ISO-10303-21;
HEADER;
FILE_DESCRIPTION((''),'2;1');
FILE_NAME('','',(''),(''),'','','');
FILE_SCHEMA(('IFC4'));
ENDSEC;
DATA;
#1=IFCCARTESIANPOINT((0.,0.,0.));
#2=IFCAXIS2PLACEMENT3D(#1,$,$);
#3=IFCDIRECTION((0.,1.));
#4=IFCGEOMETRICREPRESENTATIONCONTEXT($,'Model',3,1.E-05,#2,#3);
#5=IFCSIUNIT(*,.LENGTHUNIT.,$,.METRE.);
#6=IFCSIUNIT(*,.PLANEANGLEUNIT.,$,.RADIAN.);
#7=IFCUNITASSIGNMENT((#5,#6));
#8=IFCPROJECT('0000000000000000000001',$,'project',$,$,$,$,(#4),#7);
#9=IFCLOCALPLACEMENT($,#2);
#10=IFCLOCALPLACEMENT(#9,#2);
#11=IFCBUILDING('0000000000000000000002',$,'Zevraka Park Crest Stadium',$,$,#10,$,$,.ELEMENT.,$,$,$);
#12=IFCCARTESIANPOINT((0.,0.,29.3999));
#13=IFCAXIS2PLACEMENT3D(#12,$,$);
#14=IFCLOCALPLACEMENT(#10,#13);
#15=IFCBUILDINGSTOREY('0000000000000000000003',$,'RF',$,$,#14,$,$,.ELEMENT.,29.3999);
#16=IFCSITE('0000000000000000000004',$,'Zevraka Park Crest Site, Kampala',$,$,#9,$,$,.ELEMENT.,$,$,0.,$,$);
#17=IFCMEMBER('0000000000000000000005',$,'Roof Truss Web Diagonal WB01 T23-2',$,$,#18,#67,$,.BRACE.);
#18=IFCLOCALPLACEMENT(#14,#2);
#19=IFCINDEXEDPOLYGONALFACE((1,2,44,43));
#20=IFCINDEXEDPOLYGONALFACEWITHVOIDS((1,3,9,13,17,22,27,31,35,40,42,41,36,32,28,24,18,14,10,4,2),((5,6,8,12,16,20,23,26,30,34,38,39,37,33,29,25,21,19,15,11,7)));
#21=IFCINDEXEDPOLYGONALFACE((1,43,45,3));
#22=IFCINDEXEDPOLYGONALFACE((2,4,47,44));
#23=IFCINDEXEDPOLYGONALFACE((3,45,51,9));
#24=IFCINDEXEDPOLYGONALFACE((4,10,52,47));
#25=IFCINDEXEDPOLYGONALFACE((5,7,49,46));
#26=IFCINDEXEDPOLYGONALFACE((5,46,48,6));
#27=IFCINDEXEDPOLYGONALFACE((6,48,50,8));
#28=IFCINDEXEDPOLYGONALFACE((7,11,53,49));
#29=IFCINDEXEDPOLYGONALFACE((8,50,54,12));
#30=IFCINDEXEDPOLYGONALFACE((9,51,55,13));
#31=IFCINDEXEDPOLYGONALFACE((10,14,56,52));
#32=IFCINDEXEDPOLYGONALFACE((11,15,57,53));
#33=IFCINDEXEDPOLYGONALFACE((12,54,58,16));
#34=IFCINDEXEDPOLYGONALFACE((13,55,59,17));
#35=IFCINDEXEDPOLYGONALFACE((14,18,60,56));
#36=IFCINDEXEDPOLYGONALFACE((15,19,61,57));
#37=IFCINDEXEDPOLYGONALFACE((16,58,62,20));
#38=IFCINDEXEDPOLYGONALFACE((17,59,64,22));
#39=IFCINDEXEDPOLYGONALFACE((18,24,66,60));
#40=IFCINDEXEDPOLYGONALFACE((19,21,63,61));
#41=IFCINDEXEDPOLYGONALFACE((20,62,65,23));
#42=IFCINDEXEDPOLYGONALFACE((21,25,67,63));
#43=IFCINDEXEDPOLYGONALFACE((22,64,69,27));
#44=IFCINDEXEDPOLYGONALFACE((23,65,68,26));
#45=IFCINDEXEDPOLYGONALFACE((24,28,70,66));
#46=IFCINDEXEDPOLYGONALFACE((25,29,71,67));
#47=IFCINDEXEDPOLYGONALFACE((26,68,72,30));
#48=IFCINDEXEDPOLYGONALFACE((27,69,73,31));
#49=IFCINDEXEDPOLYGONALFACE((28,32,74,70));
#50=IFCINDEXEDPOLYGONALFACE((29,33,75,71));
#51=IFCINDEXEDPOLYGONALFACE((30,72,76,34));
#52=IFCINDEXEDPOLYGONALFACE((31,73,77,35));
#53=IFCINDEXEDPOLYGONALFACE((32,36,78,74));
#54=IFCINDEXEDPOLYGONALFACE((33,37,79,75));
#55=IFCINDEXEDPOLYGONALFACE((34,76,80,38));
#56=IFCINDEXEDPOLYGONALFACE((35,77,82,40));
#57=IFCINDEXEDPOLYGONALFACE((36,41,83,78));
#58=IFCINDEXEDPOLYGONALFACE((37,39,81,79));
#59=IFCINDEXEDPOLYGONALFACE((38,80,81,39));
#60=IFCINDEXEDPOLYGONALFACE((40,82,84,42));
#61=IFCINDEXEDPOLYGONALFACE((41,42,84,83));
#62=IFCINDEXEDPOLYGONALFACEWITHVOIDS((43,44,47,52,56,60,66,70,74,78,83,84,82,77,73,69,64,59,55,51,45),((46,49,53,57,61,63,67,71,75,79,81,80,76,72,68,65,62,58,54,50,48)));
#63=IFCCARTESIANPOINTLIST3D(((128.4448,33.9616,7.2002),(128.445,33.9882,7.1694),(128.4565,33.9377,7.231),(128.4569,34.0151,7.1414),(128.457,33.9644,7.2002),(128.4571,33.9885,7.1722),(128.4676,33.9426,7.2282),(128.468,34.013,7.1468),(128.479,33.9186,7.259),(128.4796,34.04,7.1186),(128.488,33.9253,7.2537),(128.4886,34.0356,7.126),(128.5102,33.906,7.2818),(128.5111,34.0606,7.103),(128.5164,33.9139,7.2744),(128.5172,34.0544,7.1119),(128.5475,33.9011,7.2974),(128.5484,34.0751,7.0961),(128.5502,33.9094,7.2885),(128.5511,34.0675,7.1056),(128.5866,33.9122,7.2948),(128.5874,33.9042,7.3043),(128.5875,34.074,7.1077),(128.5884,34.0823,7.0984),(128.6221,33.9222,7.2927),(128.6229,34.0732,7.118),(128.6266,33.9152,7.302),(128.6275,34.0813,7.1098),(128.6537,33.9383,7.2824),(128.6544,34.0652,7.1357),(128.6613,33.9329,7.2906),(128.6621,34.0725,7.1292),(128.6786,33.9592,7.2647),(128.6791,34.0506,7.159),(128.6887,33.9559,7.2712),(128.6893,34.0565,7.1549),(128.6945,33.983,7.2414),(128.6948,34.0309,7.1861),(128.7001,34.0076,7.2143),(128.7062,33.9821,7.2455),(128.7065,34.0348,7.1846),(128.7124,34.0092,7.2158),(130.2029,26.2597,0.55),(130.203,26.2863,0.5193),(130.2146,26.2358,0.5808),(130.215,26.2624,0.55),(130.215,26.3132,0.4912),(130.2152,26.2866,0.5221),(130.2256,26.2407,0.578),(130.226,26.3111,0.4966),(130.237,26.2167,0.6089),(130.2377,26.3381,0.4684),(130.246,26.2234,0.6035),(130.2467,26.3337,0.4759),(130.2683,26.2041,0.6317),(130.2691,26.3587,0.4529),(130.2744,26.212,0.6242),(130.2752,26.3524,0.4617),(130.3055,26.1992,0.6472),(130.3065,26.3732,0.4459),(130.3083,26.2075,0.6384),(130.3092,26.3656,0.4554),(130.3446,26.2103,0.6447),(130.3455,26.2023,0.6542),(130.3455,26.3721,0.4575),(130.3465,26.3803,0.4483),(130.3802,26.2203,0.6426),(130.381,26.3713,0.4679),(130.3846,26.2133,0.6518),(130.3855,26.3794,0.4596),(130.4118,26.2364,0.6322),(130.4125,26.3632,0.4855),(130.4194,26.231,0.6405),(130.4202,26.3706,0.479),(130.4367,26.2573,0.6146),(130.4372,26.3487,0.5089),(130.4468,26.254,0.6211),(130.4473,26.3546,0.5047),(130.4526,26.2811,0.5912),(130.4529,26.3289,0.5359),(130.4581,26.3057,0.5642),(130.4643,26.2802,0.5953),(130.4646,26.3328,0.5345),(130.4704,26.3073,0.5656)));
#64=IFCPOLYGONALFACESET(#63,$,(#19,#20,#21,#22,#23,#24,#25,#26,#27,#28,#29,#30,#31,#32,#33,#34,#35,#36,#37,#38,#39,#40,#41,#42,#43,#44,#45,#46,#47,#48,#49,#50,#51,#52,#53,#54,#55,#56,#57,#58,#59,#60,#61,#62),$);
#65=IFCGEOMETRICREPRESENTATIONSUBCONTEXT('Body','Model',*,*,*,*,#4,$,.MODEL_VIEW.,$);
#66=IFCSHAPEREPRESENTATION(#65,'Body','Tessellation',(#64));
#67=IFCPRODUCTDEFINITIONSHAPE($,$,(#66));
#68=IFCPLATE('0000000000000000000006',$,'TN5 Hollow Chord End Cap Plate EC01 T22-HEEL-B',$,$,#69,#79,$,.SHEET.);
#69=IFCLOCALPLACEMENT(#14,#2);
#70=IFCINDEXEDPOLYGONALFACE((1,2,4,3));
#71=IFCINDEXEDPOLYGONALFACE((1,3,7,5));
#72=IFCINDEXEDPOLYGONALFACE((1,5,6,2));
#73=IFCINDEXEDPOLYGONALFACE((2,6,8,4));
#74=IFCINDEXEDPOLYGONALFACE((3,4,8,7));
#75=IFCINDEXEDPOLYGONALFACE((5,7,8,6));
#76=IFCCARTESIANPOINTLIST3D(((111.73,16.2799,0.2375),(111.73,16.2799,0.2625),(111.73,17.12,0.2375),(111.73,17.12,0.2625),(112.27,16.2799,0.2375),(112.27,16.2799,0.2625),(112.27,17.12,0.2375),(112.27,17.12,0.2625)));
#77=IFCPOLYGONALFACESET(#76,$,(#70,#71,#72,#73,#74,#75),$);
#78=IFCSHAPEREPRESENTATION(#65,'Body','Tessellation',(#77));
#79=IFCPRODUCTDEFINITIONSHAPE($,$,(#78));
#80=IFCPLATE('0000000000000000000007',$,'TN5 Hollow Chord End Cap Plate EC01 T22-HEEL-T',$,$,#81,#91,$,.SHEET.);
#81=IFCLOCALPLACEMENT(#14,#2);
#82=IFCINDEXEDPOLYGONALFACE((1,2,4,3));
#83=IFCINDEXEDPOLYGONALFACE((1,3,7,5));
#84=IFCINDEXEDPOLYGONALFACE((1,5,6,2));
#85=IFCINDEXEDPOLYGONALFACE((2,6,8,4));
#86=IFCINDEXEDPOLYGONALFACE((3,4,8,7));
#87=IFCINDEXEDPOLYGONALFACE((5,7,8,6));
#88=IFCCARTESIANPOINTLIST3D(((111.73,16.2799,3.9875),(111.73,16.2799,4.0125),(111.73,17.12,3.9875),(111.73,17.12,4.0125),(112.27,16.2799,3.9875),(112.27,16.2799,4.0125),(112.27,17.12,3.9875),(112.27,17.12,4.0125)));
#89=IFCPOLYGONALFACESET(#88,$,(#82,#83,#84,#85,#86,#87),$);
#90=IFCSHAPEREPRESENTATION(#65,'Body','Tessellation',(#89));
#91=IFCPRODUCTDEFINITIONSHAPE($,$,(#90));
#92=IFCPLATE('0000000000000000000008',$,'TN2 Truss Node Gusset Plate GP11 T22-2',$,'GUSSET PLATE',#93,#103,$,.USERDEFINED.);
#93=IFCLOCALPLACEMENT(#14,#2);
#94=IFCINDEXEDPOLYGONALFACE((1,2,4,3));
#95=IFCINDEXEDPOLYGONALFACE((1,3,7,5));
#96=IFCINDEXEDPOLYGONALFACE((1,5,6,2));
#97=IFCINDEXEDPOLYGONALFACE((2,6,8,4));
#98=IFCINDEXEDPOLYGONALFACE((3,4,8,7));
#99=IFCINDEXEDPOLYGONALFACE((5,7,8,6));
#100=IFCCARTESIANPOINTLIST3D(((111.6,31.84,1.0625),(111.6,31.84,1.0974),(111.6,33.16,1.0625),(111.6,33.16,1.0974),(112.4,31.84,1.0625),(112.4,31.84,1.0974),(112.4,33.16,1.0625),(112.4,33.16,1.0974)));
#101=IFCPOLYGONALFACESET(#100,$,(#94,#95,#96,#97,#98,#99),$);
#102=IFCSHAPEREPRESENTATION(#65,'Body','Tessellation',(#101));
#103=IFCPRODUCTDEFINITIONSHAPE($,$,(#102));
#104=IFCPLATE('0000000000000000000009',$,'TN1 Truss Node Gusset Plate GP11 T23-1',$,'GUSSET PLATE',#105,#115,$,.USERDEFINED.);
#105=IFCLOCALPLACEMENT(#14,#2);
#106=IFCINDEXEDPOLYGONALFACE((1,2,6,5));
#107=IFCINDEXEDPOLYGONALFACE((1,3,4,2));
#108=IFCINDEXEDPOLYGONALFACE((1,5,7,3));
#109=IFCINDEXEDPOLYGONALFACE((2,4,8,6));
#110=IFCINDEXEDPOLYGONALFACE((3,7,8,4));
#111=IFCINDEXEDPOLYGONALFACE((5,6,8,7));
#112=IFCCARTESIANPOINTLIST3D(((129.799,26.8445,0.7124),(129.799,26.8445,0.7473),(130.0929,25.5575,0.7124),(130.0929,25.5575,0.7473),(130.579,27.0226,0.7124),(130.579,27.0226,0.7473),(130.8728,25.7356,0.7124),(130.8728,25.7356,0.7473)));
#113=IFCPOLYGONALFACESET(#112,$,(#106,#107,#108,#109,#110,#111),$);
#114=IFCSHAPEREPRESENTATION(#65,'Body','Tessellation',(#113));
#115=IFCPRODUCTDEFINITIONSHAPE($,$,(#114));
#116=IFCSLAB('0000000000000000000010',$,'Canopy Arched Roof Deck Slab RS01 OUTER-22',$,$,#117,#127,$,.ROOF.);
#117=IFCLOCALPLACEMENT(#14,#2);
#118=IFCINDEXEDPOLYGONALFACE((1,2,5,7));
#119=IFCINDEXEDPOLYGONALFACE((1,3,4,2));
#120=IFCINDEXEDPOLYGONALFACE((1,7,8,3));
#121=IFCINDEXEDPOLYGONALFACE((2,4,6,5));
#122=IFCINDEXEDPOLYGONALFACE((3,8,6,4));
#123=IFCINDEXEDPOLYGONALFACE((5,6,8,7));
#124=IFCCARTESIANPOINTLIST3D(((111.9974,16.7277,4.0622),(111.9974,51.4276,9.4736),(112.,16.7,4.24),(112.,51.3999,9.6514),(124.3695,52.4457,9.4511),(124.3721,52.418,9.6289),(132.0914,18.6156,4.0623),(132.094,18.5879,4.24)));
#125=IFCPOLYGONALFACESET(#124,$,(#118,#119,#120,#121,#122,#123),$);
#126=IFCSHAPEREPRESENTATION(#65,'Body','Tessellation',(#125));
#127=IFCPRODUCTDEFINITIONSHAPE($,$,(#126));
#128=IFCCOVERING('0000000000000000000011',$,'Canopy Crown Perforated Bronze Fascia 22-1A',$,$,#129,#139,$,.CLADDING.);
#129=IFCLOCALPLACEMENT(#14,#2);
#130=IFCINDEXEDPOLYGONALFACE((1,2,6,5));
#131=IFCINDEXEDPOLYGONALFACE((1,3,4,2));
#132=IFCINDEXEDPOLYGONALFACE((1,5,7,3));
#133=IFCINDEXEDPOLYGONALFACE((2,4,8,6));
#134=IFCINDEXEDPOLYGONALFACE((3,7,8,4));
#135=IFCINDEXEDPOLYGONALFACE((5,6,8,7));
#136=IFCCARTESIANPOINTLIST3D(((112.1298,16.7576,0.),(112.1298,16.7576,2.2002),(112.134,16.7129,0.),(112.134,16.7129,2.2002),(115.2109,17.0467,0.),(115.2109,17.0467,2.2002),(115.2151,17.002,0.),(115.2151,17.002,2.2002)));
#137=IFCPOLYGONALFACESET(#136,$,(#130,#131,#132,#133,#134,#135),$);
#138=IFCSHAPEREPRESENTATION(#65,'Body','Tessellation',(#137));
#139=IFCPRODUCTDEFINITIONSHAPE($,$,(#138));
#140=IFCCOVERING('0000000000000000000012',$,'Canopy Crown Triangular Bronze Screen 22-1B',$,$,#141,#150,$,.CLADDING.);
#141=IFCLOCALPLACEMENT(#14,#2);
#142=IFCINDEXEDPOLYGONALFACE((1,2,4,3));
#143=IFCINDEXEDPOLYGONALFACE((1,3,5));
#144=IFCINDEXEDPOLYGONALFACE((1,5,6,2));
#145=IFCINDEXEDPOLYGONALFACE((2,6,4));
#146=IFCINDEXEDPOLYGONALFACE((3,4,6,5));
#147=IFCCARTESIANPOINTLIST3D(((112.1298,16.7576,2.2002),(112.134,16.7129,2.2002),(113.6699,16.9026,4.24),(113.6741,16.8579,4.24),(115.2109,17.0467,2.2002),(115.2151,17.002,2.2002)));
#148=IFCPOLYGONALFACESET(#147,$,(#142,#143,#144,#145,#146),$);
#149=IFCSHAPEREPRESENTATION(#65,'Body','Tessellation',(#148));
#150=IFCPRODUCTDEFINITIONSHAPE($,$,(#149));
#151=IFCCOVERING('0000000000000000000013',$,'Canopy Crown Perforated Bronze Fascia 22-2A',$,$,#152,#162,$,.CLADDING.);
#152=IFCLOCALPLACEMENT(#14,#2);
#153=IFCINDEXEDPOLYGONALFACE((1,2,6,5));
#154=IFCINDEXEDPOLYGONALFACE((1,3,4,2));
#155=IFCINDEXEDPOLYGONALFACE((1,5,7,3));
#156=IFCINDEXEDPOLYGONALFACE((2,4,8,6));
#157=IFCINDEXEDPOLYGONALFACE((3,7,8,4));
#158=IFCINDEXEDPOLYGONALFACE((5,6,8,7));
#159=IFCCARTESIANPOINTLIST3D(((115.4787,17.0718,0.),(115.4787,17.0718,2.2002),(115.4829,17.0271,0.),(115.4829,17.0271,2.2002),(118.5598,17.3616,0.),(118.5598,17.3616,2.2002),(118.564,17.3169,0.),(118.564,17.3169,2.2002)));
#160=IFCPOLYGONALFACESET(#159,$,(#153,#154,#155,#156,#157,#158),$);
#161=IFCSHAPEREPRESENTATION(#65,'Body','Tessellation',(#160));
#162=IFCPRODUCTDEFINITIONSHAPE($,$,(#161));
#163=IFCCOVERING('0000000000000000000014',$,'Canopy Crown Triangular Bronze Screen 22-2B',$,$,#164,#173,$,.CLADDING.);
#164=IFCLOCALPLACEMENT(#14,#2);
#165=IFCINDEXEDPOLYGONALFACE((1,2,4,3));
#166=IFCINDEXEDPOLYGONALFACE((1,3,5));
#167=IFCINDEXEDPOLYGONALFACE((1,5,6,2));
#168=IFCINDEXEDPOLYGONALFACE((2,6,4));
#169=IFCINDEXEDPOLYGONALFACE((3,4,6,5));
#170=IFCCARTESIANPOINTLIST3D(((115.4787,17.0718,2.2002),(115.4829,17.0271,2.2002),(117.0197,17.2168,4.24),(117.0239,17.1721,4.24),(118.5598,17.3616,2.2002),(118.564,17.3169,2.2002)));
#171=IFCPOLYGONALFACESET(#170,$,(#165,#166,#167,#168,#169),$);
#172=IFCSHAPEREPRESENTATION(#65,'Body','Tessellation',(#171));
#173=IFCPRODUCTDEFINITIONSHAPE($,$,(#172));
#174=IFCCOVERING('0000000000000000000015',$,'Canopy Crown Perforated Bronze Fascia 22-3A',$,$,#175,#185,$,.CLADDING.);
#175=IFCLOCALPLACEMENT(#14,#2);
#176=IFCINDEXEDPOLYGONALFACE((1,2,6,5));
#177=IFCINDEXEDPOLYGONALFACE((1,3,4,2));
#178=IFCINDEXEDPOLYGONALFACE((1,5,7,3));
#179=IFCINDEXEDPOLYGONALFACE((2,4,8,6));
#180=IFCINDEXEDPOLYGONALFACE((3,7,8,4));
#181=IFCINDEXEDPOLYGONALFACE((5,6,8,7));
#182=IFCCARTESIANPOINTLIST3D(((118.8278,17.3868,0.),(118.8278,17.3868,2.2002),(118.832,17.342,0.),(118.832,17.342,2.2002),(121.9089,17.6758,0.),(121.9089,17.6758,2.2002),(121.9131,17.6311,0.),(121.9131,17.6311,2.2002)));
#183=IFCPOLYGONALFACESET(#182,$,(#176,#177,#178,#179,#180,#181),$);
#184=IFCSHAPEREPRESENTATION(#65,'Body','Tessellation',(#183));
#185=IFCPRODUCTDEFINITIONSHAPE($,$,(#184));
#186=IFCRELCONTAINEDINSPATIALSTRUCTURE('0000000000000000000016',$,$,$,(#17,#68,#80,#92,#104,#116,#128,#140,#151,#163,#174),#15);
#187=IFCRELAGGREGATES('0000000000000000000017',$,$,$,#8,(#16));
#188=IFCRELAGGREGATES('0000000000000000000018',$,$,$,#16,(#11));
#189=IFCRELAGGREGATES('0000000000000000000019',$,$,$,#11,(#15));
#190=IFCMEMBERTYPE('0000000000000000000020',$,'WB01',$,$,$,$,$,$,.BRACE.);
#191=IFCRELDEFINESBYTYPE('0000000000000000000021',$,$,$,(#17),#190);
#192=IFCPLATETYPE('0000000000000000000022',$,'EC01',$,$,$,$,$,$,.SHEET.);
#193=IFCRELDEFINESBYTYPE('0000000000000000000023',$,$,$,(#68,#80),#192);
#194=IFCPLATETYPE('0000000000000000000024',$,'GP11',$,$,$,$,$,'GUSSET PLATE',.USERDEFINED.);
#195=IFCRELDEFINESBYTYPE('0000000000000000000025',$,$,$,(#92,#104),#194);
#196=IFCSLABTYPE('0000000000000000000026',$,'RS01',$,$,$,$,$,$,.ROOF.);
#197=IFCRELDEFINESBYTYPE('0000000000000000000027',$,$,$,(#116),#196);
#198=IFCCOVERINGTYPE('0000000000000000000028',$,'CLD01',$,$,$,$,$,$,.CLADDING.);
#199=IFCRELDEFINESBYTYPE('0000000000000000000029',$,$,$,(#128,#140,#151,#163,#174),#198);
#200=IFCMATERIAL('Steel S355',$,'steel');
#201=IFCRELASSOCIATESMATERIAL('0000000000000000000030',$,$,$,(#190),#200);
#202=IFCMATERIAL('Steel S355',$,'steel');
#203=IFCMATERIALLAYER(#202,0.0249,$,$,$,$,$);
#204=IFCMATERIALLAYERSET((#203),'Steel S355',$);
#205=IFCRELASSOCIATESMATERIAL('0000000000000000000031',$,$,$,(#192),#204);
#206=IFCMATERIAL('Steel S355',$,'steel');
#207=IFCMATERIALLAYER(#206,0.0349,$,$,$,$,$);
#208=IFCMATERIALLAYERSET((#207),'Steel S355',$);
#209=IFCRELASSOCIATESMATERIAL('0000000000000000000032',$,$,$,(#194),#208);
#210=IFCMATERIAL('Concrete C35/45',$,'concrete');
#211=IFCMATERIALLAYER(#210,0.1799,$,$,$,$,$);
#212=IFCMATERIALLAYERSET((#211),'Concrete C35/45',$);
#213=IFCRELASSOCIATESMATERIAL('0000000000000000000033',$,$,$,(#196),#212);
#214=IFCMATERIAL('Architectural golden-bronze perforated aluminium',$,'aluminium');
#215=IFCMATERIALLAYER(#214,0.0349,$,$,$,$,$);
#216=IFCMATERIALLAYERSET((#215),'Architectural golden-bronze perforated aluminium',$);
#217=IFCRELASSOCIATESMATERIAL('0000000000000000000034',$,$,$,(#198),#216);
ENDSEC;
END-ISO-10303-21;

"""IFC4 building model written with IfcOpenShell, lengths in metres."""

from ifc_helpers import new_model, si_unit, direction, frame, origin, origin_2d, place, context, subcontext, project, spatial, polyline, rectangle, hollow_circle, outline, extrude, material, layer, layer_set, material_profile, profile_set, type_object, element, save


model = new_model("IFC4")

# Units and contexts
model_context = context("Model", 3, precision=1e-05, world=origin(), true_north=direction((0.0, 1.0)))
body_context = subcontext(model_context, "Body", "Model", "MODEL_VIEW")
ifc_project = project(units=[si_unit("LENGTHUNIT", "METRE"), si_unit("PLANEANGLEUNIT", "RADIAN")], contexts=[model_context])

# Site, building, storey
site_placement = place(None, origin())
site = spatial("IfcSite", under=ifc_project, at=site_placement, Name="Zevraka Park Crest Site, Kampala", CompositionType="ELEMENT", RefElevation=0.0)
building_placement = place(site_placement, origin())
building = spatial("IfcBuilding", under=site, at=building_placement, Name="Zevraka Park Crest Stadium", CompositionType="ELEMENT")
storey_placement = place(building_placement, frame((0.0, 0.0, 29.3999)))
storey = spatial("IfcBuildingStorey", under=building, at=storey_placement, Name="RF", CompositionType="ELEMENT", Elevation=29.3999)

# Member
ifc_material_1 = material(Name="Steel S355", Category="steel")
ifc_material_profile_1 = material_profile(ifc_material_1, hollow_circle(Radius=0.1365, WallThickness=0.0125, at=origin_2d()), Name="CHS 273.0x12.5")
ifc_profile_set_1 = profile_set([ifc_material_profile_1], Name="Steel S355")
member_type_1 = type_object("IfcMemberType", Name="WB01", PredefinedType="BRACE", material=ifc_profile_set_1)
for number, where, z_axis, x_axis, name in (
    (1, (130.3359, 26.29, 0.55), (-0.170249, 0.745846, 0.643995), (-0.974924, -0.222539, 0.0), "Roof Truss Web Diagonal WB01 T23-2"),
):
    element("IfcMember", number, at=place(storey_placement, frame(where, z_axis=z_axis, x_axis=x_axis)), inside=storey, type_object=member_type_1, Name=name, PredefinedType="BRACE", context=body_context, shape_type="SweptSolid", body=[
        extrude(hollow_circle(Radius=0.1365, WallThickness=0.0125, at=origin_2d()), origin(), (0.0, 0.0, 1.0), 10.3264),
    ])

# Plates
ifc_material_2 = material(Name="Steel S355", Category="steel")
ifc_layer_1 = layer(ifc_material_2, 0.0249)
ifc_layer_set_1 = layer_set([ifc_layer_1], Name="Steel S355")
plate_type_1 = type_object("IfcPlateType", Name="EC01", PredefinedType="SHEET", material=ifc_layer_set_1)
for number, where, z_axis, x_axis, name in (
    (2, (112.0, 16.7, 0.2375), (0.0, 0.0, 1.0), (0.0, 1.0, 0.0), "TN5 Hollow Chord End Cap Plate EC01 T22-HEEL-B"),
    (3, (112.0, 16.7, 3.9875), (0.0, 0.0, 1.0), (0.0, 1.0, 0.0), "TN5 Hollow Chord End Cap Plate EC01 T22-HEEL-T"),
):
    element("IfcPlate", number, at=place(storey_placement, frame(where, z_axis=z_axis, x_axis=x_axis)), inside=storey, type_object=plate_type_1, Name=name, PredefinedType="SHEET", context=body_context, shape_type="SweptSolid", body=[
        extrude(rectangle(XDim=0.8401, YDim=0.54, at=origin_2d()), origin(), (0.0, 0.0, 1.0), 0.0249),
    ])
ifc_material_3 = material(Name="Steel S355", Category="steel")
ifc_layer_2 = layer(ifc_material_3, 0.0349)
ifc_layer_set_2 = layer_set([ifc_layer_2], Name="Steel S355")
plate_type_2 = type_object("IfcPlateType", Name="GP11", ElementType="GUSSET PLATE", PredefinedType="USERDEFINED", material=ifc_layer_set_2)
for number, where, z_axis, x_axis, name in (
    (4, (112.0, 32.5, 1.0625), (0.0, 0.0, 1.0), (0.0, 1.0, 0.0), "TN2 Truss Node Gusset Plate GP11 T22-2"),
    (5, (130.3359, 26.29, 0.7124), (0.0, 0.0, 1.0), (-0.22257, 0.974917, 0.0), "TN1 Truss Node Gusset Plate GP11 T23-1"),
):
    element("IfcPlate", number, at=place(storey_placement, frame(where, z_axis=z_axis, x_axis=x_axis)), inside=storey, type_object=plate_type_2, Name=name, ObjectType="GUSSET PLATE", PredefinedType="USERDEFINED", context=body_context, shape_type="SweptSolid", body=[
        extrude(rectangle(XDim=1.3201, YDim=0.8, at=origin_2d()), origin(), (0.0, 0.0, 1.0), 0.0349),
    ])

# Slab
ifc_material_4 = material(Name="Concrete C35/45", Category="concrete")
ifc_layer_3 = layer(ifc_material_4, 0.1799)
ifc_layer_set_3 = layer_set([ifc_layer_3], Name="Concrete C35/45")
slab_type = type_object("IfcSlabType", Name="RS01", PredefinedType="ROOF", material=ifc_layer_set_3)
slab_placement = place(storey_placement, frame((112.0, 16.7, 4.24), z_axis=(0.014474, -0.15407, 0.987954), x_axis=(0.995615, 0.093543, 0.000002)))
element("IfcSlab", 6, at=slab_placement, inside=storey, type_object=slab_type, Name="Canopy Arched Roof Deck Slab RS01 OUTER-22", PredefinedType="ROOF", context=body_context, shape_type="SweptSolid", body=[
    extrude(outline(polyline([(0.0, 0.0), (20.1825, 0.0), (15.659, 34.8236), (3.246, 34.969), (0.0, 0.0)])), origin(), (0.0, 0.0, -1.0), 0.1799),
])

# Coverings
ifc_material_5 = material(Name="Architectural golden-bronze perforated aluminium", Category="aluminium")
ifc_layer_4 = layer(ifc_material_5, 0.0349)
ifc_layer_set_4 = layer_set([ifc_layer_4], Name="Architectural golden-bronze perforated aluminium")
covering_type_1 = type_object("IfcCoveringType", Name="CLD01", PredefinedType="CLADDING", material=ifc_layer_set_4)
covering_1_placement = place(storey_placement, frame((112.134, 16.7129, 0.0), z_axis=(0.093409, -0.995628, 0.0), x_axis=(0.995628, 0.093409, 0.0)))
element("IfcCovering", 7, at=covering_1_placement, inside=storey, type_object=covering_type_1, Name="Canopy Crown Perforated Bronze Fascia 22-1A", PredefinedType="CLADDING", context=body_context, shape_type="SweptSolid", body=[
    extrude(outline(polyline([(0.0, 0.0), (3.0946, 0.0), (3.0946, 2.2002), (0.0, 2.2002), (0.0, 0.0)])), origin(), (0.0, 0.0, -1.0), 0.0449),
])
covering_2_placement = place(storey_placement, frame((112.134, 16.7129, 2.2002), z_axis=(0.093409, -0.995628, 0.000261), x_axis=(0.995628, 0.093409, 0.0)))
element("IfcCovering", 8, at=covering_2_placement, inside=storey, type_object=covering_type_1, Name="Canopy Crown Triangular Bronze Screen 22-1B", PredefinedType="CLADDING", context=body_context, shape_type="SweptSolid", body=[
    extrude(outline(polyline([(0.0, 0.0), (3.0946, 0.0), (1.5469, 2.0398), (0.0, 0.0)])), origin(), (0.0, 0.0, -1.0), 0.0449),
])
covering_3_placement = place(storey_placement, frame((115.4829, 17.0271, 0.0), z_axis=(0.093644, -0.995606, 0.0), x_axis=(0.995606, 0.093644, 0.0)))
element("IfcCovering", 9, at=covering_3_placement, inside=storey, type_object=covering_type_1, Name="Canopy Crown Perforated Bronze Fascia 22-2A", PredefinedType="CLADDING", context=body_context, shape_type="SweptSolid", body=[
    extrude(outline(polyline([(0.0, 0.0), (3.0947, 0.0), (3.0947, 2.2002), (0.0, 2.2002), (0.0, 0.0)])), origin(), (0.0, 0.0, -1.0), 0.0449),
])
covering_4_placement = place(storey_placement, frame((115.4829, 17.0271, 2.2002), z_axis=(0.093644, -0.995606, 0.000037), x_axis=(0.995606, 0.093644, 0.0)))
element("IfcCovering", 10, at=covering_4_placement, inside=storey, type_object=covering_type_1, Name="Canopy Crown Triangular Bronze Screen 22-2B", PredefinedType="CLADDING", context=body_context, shape_type="SweptSolid", body=[
    extrude(outline(polyline([(0.0, 0.0), (3.0947, 0.0), (1.5478, 2.0398), (0.0, 0.0)])), origin(), (0.0, 0.0, -1.0), 0.0449),
])
covering_5_placement = place(storey_placement, frame((118.832, 17.342, 0.0), z_axis=(0.093409, -0.995628, 0.0), x_axis=(0.995628, 0.093409, 0.0)))
element("IfcCovering", 11, at=covering_5_placement, inside=storey, type_object=covering_type_1, Name="Canopy Crown Perforated Bronze Fascia 22-3A", PredefinedType="CLADDING", context=body_context, shape_type="SweptSolid", body=[
    extrude(outline(polyline([(0.0, 0.0), (3.0946, 0.0), (3.0946, 2.2002), (0.0, 2.2002), (0.0, 0.0)])), origin(), (0.0, 0.0, -1.0), 0.0449),
])

save(model, "model.ifc")
